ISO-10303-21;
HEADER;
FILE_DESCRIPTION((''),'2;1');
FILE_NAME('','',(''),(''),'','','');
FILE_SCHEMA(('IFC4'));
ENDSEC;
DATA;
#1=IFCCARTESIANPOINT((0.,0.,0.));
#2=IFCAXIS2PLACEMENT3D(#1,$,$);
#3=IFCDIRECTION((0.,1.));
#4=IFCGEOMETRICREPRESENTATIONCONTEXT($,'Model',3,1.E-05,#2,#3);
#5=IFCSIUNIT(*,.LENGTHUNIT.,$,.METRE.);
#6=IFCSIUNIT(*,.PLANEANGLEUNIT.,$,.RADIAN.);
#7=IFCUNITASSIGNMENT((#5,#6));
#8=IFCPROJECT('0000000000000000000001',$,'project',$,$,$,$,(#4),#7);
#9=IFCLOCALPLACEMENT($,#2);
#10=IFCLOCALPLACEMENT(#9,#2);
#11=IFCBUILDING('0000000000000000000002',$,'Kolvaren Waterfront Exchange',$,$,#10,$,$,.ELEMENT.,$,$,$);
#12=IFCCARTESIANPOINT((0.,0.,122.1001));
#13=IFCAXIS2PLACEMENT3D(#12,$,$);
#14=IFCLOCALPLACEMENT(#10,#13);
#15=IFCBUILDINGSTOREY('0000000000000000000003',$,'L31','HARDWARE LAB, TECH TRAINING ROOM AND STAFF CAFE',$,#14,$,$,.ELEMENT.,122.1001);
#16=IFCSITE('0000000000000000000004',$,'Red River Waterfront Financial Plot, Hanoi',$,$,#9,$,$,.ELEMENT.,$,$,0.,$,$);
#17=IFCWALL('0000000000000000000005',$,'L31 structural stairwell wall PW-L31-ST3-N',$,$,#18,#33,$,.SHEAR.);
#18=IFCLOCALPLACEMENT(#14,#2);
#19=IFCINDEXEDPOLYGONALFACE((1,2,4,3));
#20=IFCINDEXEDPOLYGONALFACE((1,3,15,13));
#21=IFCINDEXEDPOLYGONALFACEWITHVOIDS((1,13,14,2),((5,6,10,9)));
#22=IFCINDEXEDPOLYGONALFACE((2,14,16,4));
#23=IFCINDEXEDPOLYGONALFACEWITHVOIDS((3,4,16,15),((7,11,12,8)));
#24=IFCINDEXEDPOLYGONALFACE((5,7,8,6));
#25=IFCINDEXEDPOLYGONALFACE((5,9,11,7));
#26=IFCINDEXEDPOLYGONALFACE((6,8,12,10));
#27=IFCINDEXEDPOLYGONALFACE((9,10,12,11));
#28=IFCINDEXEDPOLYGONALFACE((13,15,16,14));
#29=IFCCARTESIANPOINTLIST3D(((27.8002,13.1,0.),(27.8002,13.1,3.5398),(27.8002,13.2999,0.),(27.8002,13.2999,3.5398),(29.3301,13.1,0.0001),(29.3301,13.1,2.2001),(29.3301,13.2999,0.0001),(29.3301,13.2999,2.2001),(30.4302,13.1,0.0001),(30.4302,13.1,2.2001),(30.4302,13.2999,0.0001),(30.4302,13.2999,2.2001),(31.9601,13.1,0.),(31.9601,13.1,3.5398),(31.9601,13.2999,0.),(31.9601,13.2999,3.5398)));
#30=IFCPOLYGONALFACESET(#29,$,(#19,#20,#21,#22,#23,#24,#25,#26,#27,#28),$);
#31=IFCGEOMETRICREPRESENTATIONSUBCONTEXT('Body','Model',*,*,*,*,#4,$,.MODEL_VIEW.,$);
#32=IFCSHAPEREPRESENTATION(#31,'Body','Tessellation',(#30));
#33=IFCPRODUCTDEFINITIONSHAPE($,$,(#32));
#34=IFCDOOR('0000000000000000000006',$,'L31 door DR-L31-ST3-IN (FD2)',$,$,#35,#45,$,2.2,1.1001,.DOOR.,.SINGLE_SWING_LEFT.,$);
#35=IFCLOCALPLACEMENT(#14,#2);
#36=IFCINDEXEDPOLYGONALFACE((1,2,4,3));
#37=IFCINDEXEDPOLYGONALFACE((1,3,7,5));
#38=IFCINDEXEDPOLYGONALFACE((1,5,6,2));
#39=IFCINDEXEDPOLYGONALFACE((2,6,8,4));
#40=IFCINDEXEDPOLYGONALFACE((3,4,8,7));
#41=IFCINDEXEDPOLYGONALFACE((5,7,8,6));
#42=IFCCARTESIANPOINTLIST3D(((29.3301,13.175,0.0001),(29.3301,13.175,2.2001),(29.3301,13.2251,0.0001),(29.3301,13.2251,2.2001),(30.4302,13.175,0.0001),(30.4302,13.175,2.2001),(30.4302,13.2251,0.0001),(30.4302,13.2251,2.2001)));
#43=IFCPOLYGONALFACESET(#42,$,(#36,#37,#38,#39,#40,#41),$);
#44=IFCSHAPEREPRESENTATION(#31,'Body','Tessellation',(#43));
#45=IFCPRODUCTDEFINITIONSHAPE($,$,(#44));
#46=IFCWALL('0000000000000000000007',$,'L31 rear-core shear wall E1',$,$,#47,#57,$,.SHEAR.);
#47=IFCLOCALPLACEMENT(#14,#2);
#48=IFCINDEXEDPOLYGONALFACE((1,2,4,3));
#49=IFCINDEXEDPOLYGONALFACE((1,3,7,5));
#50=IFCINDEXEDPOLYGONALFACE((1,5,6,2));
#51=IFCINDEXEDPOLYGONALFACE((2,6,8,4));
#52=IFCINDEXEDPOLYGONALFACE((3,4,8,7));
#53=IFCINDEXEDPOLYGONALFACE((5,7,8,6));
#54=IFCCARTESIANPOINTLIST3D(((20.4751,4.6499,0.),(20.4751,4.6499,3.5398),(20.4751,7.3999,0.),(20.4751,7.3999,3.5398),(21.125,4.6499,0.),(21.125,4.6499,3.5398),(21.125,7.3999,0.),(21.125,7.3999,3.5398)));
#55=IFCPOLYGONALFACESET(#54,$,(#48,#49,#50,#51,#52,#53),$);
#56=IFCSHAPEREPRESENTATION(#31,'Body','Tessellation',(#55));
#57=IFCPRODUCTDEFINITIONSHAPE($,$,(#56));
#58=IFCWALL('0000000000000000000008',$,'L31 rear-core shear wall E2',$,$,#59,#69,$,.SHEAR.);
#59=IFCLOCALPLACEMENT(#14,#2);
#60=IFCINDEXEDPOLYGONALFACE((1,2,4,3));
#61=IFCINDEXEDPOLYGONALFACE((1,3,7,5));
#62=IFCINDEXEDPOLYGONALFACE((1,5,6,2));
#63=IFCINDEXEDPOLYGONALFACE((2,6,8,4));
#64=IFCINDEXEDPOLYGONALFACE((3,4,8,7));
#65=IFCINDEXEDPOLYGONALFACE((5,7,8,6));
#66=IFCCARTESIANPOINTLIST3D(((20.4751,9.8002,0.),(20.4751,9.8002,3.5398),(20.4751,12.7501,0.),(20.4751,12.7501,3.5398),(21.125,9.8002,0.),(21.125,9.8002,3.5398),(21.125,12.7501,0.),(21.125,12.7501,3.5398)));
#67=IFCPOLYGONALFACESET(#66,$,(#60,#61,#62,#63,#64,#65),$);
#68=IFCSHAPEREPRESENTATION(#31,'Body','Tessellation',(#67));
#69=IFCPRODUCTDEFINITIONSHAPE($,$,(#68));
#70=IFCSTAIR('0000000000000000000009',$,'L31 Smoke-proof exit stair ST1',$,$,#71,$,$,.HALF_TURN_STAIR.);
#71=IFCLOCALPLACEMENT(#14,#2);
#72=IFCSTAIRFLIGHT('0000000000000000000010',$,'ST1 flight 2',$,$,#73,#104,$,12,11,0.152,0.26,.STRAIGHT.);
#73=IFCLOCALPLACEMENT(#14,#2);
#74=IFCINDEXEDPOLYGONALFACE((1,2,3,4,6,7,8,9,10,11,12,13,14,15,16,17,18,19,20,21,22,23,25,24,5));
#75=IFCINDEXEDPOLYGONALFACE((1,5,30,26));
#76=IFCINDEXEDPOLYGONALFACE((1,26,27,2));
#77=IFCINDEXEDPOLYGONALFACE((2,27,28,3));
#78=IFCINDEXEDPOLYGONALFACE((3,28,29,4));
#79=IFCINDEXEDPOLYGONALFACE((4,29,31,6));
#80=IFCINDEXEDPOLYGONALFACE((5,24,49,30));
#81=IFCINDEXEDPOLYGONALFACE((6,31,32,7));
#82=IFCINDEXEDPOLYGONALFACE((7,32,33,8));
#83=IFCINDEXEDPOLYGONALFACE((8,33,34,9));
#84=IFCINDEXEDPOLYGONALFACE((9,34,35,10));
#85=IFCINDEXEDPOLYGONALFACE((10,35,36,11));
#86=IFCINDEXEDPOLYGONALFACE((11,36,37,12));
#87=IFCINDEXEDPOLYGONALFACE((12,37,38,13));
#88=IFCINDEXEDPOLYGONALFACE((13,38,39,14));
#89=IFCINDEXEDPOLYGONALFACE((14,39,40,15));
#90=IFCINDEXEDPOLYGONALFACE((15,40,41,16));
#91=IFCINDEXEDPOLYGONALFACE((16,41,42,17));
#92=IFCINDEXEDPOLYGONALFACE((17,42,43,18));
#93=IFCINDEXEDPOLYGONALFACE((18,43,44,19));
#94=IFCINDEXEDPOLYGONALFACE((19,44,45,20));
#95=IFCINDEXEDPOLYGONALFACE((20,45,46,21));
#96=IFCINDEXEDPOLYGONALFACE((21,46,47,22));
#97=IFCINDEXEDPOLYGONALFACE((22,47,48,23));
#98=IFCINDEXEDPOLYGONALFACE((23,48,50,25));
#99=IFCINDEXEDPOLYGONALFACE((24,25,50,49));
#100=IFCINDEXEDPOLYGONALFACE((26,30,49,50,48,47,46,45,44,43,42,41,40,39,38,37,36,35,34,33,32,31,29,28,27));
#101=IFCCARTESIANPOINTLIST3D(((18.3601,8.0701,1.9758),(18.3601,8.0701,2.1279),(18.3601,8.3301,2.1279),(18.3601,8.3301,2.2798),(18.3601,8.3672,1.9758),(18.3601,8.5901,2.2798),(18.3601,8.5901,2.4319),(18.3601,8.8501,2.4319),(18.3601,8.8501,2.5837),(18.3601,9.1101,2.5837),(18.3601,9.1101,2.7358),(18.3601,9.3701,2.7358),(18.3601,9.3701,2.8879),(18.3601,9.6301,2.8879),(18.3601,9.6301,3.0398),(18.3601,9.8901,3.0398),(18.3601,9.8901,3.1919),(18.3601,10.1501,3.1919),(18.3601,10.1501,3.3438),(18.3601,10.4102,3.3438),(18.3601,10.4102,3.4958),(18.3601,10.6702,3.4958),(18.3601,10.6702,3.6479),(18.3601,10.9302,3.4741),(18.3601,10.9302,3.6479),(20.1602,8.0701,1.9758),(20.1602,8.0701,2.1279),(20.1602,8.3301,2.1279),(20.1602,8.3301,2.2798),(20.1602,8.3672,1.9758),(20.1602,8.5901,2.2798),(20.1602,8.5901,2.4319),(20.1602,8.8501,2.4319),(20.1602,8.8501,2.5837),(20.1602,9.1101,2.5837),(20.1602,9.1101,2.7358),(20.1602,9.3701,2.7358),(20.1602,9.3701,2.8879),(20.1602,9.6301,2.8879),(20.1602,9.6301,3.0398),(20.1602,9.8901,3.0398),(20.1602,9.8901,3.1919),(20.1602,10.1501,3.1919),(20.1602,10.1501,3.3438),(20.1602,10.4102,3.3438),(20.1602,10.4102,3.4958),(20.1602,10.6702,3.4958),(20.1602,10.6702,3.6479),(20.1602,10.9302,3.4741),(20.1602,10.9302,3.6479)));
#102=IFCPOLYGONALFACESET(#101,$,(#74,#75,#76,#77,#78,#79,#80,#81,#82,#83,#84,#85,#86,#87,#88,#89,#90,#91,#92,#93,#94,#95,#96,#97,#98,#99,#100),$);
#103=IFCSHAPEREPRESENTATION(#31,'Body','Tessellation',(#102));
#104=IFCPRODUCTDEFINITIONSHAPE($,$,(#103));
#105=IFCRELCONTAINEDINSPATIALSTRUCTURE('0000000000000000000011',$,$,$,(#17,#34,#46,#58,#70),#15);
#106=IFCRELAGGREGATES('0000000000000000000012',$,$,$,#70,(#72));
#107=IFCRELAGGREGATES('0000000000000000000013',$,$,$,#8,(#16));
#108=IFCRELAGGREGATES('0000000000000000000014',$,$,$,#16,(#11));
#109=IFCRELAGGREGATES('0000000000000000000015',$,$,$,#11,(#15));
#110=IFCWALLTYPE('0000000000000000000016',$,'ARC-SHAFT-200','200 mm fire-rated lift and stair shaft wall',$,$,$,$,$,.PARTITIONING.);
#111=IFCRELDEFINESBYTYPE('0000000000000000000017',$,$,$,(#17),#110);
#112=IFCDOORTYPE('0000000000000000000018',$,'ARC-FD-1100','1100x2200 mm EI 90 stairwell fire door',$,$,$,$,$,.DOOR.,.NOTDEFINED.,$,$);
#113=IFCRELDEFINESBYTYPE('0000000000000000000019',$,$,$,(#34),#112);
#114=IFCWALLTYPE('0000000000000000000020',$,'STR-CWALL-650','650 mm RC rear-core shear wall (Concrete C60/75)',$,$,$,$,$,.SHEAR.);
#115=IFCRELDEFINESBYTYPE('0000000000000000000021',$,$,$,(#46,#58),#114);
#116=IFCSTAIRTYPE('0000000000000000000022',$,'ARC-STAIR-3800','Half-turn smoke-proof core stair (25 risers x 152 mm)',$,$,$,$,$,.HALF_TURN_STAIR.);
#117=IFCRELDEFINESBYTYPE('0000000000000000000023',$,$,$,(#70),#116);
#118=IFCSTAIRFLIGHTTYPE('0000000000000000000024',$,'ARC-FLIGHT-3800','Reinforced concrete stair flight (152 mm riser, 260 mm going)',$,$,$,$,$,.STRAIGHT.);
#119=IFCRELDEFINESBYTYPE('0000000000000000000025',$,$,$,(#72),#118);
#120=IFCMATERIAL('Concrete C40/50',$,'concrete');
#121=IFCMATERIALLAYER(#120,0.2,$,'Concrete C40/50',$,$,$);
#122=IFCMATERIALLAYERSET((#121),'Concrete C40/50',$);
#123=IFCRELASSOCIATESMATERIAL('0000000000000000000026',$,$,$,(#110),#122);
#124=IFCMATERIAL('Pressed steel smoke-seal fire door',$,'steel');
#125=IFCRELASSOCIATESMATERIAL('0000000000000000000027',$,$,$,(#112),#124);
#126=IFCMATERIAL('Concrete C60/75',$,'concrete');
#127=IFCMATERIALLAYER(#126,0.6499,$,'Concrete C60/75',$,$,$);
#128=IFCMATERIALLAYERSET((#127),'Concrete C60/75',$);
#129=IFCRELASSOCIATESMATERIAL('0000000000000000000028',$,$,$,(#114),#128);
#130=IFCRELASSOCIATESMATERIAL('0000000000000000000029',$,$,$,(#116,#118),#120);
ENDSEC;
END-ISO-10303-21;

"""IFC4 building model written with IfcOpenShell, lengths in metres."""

from ifc_helpers import new_model, si_unit, direction, frame, frame_2d, origin, place, context, subcontext, project, spatial, polyline, rectangle, outline, extrude, material, layer, layer_set, type_object, element, fill, aggregate, save


model = new_model("IFC4")

# Units and contexts
model_context = context("Model", 3, precision=1e-05, world=origin(), true_north=direction((0.0, 1.0)))
body_context = subcontext(model_context, "Body", "Model", "MODEL_VIEW")
ifc_project = project(units=[si_unit("LENGTHUNIT", "METRE"), si_unit("PLANEANGLEUNIT", "RADIAN")], contexts=[model_context])

# Site, building, storey
site_placement = place(None, origin())
site = spatial("IfcSite", under=ifc_project, at=site_placement, Name="Red River Waterfront Financial Plot, Hanoi", CompositionType="ELEMENT", RefElevation=0.0)
building_placement = place(site_placement, origin())
building = spatial("IfcBuilding", under=site, at=building_placement, Name="Kolvaren Waterfront Exchange", CompositionType="ELEMENT")
storey_placement = place(building_placement, frame((0.0, 0.0, 122.1001)))
storey = spatial("IfcBuildingStorey", under=building, at=storey_placement, Name="L31", Description="HARDWARE LAB, TECH TRAINING ROOM AND STAFF CAFE", CompositionType="ELEMENT", Elevation=122.1001)

# Shared definitions
ifc_material_1 = material(Name="Concrete C60/75", Category="concrete")

# Shared definitions
ifc_material_2 = material(Name="Concrete C40/50", Category="concrete")
ifc_layer_1 = layer(ifc_material_2, 0.2, Name="Concrete C40/50")
ifc_layer_set_1 = layer_set([ifc_layer_1], Name="Concrete C40/50")
wall_type_1 = type_object("IfcWallType", Name="ARC-SHAFT-200", Description="200 mm fire-rated lift and stair shaft wall", PredefinedType="PARTITIONING", material=ifc_layer_set_1)

# Wall, opening, door
wall_1_placement = place(storey_placement, frame((27.8, 13.2, 0.0), z_axis=(0.0, 0.0, 1.0), x_axis=(1.0, 0.0, 0.0)))
wall_1 = element("IfcWall", 1, at=wall_1_placement, inside=storey, type_object=wall_type_1, Name="L31 structural stairwell wall PW-L31-ST3-N", PredefinedType="SHEAR", context=body_context, shape_type="SweptSolid", body=[
    extrude(rectangle(XDim=4.1599, YDim=0.2, at=frame_2d((2.0801, 0.0))), origin(), (0.0, 0.0, 1.0), 3.5398),
])
opening_1_placement = place(wall_1_placement, frame((1.53, 0.0, 0.0)))
opening_1 = element("IfcOpeningElement", 2, at=opening_1_placement, cuts=wall_1, PredefinedType="OPENING", context=body_context, shape_type="SweptSolid", body=[
    extrude(rectangle(XDim=1.1001, YDim=2.2, at=frame_2d((0.55, 1.1001))), frame((0.0, 0.1099, 0.0), z_axis=(0.0, -1.0, 0.0), x_axis=(1.0, 0.0, 0.0)), (0.0, 0.0, 1.0), 0.22),
])
ifc_material_3 = material(Name="Pressed steel smoke-seal fire door", Category="steel")
door_type_1 = type_object("IfcDoorType", Name="ARC-FD-1100", Description="1100x2200 mm EI 90 stairwell fire door", OperationType="NOTDEFINED", PredefinedType="DOOR", material=ifc_material_3)
door_1_placement = place(opening_1_placement, frame((1.1001, 0.0, 0.0), z_axis=(0.0, 0.0, 1.0), x_axis=(-1.0, 0.0, 0.0)))
door_1 = element("IfcDoor", 3, at=door_1_placement, inside=storey, type_object=door_type_1, Name="L31 door DR-L31-ST3-IN (FD2)", OperationType="SINGLE_SWING_LEFT", OverallHeight=2.2, OverallWidth=1.1001, PredefinedType="DOOR", context=body_context, shape_type="SweptSolid", body=[
    extrude(rectangle(XDim=1.1001, YDim=2.2, at=frame_2d((0.55, 1.1001))), frame((0.0, 0.0249, 0.0), z_axis=(0.0, -1.0, 0.0), x_axis=(1.0, 0.0, 0.0)), (0.0, 0.0, 1.0), 0.05),
])
fill(opening_1, door_1)

# Walls
ifc_layer_2 = layer(ifc_material_1, 0.6499, Name="Concrete C60/75")
ifc_layer_set_2 = layer_set([ifc_layer_2], Name="Concrete C60/75")
wall_type_2 = type_object("IfcWallType", Name="STR-CWALL-650", Description="650 mm RC rear-core shear wall (Concrete C60/75)", PredefinedType="SHEAR", material=ifc_layer_set_2)
wall_2_placement = place(storey_placement, frame((20.8, 4.6499, 0.0), z_axis=(0.0, 0.0, 1.0), x_axis=(0.0, 1.0, 0.0)))
element("IfcWall", 4, at=wall_2_placement, inside=storey, type_object=wall_type_2, Name="L31 rear-core shear wall E1", PredefinedType="SHEAR", context=body_context, shape_type="SweptSolid", body=[
    extrude(rectangle(XDim=2.75, YDim=0.6499, at=frame_2d((1.375, 0.0))), origin(), (0.0, 0.0, 1.0), 3.5398),
])
wall_3_placement = place(storey_placement, frame((20.8, 9.8, 0.0), z_axis=(0.0, 0.0, 1.0), x_axis=(0.0, 1.0, 0.0)))
element("IfcWall", 5, at=wall_3_placement, inside=storey, type_object=wall_type_2, Name="L31 rear-core shear wall E2", PredefinedType="SHEAR", context=body_context, shape_type="SweptSolid", body=[
    extrude(rectangle(XDim=2.95, YDim=0.6499, at=frame_2d((1.4751, 0.0))), origin(), (0.0, 0.0, 1.0), 3.5398),
])

# Stair, stair flight
stair_type = type_object("IfcStairType", Name="ARC-STAIR-3800", Description="Half-turn smoke-proof core stair (25 risers x 152 mm)", PredefinedType="HALF_TURN_STAIR", material=ifc_material_2)
stair_placement = place(storey_placement, origin())
stair = element("IfcStair", 6, at=stair_placement, inside=storey, type_object=stair_type, Name="L31 Smoke-proof exit stair ST1", PredefinedType="HALF_TURN_STAIR")
stair_flight_type = type_object("IfcStairFlightType", Name="ARC-FLIGHT-3800", Description="Reinforced concrete stair flight (152 mm riser, 260 mm going)", PredefinedType="STRAIGHT", material=ifc_material_2)
stair_flight_placement = place(storey_placement, frame((19.26, 8.0701, 1.9758), z_axis=(0.0, 0.0, 1.0), x_axis=(0.0, 1.0, 0.0)))
stair_flight = element("IfcStairFlight", 7, at=stair_flight_placement, type_object=stair_flight_type, Name="ST1 flight 2", NumberOfRisers=12, NumberOfTreads=11, PredefinedType="STRAIGHT", RiserHeight=0.152, TreadLength=0.26, context=body_context, shape_type="SweptSolid", body=[
    extrude(outline(polyline([(0.0, 0.0), (0.0, 0.1521), (0.26, 0.1521), (0.26, 0.304), (0.52, 0.304), (0.52, 0.4561), (0.78, 0.4561), (0.78, 0.6079), (1.04, 0.6079), (1.04, 0.76), (1.3, 0.76), (1.3, 0.9121), (1.5601, 0.9121), (1.5601, 1.064), (1.8201, 1.064), (1.8201, 1.2161), (2.0801, 1.2161), (2.0801, 1.3679), (2.3401, 1.3679), (2.3401, 1.52), (2.6001, 1.52), (2.6001, 1.6721), (2.8601, 1.6721), (2.8601, 1.824), (2.8601, 1.4983), (0.2971, 0.0), (0.0, 0.0)])), frame((0.0, 0.8999, 0.0), z_axis=(0.0, -1.0, 0.0), x_axis=(1.0, 0.0, 0.0)), (0.0, 0.0, 1.0), 1.8),
])
aggregate(stair, [stair_flight])

save(model, "model.ifc")
